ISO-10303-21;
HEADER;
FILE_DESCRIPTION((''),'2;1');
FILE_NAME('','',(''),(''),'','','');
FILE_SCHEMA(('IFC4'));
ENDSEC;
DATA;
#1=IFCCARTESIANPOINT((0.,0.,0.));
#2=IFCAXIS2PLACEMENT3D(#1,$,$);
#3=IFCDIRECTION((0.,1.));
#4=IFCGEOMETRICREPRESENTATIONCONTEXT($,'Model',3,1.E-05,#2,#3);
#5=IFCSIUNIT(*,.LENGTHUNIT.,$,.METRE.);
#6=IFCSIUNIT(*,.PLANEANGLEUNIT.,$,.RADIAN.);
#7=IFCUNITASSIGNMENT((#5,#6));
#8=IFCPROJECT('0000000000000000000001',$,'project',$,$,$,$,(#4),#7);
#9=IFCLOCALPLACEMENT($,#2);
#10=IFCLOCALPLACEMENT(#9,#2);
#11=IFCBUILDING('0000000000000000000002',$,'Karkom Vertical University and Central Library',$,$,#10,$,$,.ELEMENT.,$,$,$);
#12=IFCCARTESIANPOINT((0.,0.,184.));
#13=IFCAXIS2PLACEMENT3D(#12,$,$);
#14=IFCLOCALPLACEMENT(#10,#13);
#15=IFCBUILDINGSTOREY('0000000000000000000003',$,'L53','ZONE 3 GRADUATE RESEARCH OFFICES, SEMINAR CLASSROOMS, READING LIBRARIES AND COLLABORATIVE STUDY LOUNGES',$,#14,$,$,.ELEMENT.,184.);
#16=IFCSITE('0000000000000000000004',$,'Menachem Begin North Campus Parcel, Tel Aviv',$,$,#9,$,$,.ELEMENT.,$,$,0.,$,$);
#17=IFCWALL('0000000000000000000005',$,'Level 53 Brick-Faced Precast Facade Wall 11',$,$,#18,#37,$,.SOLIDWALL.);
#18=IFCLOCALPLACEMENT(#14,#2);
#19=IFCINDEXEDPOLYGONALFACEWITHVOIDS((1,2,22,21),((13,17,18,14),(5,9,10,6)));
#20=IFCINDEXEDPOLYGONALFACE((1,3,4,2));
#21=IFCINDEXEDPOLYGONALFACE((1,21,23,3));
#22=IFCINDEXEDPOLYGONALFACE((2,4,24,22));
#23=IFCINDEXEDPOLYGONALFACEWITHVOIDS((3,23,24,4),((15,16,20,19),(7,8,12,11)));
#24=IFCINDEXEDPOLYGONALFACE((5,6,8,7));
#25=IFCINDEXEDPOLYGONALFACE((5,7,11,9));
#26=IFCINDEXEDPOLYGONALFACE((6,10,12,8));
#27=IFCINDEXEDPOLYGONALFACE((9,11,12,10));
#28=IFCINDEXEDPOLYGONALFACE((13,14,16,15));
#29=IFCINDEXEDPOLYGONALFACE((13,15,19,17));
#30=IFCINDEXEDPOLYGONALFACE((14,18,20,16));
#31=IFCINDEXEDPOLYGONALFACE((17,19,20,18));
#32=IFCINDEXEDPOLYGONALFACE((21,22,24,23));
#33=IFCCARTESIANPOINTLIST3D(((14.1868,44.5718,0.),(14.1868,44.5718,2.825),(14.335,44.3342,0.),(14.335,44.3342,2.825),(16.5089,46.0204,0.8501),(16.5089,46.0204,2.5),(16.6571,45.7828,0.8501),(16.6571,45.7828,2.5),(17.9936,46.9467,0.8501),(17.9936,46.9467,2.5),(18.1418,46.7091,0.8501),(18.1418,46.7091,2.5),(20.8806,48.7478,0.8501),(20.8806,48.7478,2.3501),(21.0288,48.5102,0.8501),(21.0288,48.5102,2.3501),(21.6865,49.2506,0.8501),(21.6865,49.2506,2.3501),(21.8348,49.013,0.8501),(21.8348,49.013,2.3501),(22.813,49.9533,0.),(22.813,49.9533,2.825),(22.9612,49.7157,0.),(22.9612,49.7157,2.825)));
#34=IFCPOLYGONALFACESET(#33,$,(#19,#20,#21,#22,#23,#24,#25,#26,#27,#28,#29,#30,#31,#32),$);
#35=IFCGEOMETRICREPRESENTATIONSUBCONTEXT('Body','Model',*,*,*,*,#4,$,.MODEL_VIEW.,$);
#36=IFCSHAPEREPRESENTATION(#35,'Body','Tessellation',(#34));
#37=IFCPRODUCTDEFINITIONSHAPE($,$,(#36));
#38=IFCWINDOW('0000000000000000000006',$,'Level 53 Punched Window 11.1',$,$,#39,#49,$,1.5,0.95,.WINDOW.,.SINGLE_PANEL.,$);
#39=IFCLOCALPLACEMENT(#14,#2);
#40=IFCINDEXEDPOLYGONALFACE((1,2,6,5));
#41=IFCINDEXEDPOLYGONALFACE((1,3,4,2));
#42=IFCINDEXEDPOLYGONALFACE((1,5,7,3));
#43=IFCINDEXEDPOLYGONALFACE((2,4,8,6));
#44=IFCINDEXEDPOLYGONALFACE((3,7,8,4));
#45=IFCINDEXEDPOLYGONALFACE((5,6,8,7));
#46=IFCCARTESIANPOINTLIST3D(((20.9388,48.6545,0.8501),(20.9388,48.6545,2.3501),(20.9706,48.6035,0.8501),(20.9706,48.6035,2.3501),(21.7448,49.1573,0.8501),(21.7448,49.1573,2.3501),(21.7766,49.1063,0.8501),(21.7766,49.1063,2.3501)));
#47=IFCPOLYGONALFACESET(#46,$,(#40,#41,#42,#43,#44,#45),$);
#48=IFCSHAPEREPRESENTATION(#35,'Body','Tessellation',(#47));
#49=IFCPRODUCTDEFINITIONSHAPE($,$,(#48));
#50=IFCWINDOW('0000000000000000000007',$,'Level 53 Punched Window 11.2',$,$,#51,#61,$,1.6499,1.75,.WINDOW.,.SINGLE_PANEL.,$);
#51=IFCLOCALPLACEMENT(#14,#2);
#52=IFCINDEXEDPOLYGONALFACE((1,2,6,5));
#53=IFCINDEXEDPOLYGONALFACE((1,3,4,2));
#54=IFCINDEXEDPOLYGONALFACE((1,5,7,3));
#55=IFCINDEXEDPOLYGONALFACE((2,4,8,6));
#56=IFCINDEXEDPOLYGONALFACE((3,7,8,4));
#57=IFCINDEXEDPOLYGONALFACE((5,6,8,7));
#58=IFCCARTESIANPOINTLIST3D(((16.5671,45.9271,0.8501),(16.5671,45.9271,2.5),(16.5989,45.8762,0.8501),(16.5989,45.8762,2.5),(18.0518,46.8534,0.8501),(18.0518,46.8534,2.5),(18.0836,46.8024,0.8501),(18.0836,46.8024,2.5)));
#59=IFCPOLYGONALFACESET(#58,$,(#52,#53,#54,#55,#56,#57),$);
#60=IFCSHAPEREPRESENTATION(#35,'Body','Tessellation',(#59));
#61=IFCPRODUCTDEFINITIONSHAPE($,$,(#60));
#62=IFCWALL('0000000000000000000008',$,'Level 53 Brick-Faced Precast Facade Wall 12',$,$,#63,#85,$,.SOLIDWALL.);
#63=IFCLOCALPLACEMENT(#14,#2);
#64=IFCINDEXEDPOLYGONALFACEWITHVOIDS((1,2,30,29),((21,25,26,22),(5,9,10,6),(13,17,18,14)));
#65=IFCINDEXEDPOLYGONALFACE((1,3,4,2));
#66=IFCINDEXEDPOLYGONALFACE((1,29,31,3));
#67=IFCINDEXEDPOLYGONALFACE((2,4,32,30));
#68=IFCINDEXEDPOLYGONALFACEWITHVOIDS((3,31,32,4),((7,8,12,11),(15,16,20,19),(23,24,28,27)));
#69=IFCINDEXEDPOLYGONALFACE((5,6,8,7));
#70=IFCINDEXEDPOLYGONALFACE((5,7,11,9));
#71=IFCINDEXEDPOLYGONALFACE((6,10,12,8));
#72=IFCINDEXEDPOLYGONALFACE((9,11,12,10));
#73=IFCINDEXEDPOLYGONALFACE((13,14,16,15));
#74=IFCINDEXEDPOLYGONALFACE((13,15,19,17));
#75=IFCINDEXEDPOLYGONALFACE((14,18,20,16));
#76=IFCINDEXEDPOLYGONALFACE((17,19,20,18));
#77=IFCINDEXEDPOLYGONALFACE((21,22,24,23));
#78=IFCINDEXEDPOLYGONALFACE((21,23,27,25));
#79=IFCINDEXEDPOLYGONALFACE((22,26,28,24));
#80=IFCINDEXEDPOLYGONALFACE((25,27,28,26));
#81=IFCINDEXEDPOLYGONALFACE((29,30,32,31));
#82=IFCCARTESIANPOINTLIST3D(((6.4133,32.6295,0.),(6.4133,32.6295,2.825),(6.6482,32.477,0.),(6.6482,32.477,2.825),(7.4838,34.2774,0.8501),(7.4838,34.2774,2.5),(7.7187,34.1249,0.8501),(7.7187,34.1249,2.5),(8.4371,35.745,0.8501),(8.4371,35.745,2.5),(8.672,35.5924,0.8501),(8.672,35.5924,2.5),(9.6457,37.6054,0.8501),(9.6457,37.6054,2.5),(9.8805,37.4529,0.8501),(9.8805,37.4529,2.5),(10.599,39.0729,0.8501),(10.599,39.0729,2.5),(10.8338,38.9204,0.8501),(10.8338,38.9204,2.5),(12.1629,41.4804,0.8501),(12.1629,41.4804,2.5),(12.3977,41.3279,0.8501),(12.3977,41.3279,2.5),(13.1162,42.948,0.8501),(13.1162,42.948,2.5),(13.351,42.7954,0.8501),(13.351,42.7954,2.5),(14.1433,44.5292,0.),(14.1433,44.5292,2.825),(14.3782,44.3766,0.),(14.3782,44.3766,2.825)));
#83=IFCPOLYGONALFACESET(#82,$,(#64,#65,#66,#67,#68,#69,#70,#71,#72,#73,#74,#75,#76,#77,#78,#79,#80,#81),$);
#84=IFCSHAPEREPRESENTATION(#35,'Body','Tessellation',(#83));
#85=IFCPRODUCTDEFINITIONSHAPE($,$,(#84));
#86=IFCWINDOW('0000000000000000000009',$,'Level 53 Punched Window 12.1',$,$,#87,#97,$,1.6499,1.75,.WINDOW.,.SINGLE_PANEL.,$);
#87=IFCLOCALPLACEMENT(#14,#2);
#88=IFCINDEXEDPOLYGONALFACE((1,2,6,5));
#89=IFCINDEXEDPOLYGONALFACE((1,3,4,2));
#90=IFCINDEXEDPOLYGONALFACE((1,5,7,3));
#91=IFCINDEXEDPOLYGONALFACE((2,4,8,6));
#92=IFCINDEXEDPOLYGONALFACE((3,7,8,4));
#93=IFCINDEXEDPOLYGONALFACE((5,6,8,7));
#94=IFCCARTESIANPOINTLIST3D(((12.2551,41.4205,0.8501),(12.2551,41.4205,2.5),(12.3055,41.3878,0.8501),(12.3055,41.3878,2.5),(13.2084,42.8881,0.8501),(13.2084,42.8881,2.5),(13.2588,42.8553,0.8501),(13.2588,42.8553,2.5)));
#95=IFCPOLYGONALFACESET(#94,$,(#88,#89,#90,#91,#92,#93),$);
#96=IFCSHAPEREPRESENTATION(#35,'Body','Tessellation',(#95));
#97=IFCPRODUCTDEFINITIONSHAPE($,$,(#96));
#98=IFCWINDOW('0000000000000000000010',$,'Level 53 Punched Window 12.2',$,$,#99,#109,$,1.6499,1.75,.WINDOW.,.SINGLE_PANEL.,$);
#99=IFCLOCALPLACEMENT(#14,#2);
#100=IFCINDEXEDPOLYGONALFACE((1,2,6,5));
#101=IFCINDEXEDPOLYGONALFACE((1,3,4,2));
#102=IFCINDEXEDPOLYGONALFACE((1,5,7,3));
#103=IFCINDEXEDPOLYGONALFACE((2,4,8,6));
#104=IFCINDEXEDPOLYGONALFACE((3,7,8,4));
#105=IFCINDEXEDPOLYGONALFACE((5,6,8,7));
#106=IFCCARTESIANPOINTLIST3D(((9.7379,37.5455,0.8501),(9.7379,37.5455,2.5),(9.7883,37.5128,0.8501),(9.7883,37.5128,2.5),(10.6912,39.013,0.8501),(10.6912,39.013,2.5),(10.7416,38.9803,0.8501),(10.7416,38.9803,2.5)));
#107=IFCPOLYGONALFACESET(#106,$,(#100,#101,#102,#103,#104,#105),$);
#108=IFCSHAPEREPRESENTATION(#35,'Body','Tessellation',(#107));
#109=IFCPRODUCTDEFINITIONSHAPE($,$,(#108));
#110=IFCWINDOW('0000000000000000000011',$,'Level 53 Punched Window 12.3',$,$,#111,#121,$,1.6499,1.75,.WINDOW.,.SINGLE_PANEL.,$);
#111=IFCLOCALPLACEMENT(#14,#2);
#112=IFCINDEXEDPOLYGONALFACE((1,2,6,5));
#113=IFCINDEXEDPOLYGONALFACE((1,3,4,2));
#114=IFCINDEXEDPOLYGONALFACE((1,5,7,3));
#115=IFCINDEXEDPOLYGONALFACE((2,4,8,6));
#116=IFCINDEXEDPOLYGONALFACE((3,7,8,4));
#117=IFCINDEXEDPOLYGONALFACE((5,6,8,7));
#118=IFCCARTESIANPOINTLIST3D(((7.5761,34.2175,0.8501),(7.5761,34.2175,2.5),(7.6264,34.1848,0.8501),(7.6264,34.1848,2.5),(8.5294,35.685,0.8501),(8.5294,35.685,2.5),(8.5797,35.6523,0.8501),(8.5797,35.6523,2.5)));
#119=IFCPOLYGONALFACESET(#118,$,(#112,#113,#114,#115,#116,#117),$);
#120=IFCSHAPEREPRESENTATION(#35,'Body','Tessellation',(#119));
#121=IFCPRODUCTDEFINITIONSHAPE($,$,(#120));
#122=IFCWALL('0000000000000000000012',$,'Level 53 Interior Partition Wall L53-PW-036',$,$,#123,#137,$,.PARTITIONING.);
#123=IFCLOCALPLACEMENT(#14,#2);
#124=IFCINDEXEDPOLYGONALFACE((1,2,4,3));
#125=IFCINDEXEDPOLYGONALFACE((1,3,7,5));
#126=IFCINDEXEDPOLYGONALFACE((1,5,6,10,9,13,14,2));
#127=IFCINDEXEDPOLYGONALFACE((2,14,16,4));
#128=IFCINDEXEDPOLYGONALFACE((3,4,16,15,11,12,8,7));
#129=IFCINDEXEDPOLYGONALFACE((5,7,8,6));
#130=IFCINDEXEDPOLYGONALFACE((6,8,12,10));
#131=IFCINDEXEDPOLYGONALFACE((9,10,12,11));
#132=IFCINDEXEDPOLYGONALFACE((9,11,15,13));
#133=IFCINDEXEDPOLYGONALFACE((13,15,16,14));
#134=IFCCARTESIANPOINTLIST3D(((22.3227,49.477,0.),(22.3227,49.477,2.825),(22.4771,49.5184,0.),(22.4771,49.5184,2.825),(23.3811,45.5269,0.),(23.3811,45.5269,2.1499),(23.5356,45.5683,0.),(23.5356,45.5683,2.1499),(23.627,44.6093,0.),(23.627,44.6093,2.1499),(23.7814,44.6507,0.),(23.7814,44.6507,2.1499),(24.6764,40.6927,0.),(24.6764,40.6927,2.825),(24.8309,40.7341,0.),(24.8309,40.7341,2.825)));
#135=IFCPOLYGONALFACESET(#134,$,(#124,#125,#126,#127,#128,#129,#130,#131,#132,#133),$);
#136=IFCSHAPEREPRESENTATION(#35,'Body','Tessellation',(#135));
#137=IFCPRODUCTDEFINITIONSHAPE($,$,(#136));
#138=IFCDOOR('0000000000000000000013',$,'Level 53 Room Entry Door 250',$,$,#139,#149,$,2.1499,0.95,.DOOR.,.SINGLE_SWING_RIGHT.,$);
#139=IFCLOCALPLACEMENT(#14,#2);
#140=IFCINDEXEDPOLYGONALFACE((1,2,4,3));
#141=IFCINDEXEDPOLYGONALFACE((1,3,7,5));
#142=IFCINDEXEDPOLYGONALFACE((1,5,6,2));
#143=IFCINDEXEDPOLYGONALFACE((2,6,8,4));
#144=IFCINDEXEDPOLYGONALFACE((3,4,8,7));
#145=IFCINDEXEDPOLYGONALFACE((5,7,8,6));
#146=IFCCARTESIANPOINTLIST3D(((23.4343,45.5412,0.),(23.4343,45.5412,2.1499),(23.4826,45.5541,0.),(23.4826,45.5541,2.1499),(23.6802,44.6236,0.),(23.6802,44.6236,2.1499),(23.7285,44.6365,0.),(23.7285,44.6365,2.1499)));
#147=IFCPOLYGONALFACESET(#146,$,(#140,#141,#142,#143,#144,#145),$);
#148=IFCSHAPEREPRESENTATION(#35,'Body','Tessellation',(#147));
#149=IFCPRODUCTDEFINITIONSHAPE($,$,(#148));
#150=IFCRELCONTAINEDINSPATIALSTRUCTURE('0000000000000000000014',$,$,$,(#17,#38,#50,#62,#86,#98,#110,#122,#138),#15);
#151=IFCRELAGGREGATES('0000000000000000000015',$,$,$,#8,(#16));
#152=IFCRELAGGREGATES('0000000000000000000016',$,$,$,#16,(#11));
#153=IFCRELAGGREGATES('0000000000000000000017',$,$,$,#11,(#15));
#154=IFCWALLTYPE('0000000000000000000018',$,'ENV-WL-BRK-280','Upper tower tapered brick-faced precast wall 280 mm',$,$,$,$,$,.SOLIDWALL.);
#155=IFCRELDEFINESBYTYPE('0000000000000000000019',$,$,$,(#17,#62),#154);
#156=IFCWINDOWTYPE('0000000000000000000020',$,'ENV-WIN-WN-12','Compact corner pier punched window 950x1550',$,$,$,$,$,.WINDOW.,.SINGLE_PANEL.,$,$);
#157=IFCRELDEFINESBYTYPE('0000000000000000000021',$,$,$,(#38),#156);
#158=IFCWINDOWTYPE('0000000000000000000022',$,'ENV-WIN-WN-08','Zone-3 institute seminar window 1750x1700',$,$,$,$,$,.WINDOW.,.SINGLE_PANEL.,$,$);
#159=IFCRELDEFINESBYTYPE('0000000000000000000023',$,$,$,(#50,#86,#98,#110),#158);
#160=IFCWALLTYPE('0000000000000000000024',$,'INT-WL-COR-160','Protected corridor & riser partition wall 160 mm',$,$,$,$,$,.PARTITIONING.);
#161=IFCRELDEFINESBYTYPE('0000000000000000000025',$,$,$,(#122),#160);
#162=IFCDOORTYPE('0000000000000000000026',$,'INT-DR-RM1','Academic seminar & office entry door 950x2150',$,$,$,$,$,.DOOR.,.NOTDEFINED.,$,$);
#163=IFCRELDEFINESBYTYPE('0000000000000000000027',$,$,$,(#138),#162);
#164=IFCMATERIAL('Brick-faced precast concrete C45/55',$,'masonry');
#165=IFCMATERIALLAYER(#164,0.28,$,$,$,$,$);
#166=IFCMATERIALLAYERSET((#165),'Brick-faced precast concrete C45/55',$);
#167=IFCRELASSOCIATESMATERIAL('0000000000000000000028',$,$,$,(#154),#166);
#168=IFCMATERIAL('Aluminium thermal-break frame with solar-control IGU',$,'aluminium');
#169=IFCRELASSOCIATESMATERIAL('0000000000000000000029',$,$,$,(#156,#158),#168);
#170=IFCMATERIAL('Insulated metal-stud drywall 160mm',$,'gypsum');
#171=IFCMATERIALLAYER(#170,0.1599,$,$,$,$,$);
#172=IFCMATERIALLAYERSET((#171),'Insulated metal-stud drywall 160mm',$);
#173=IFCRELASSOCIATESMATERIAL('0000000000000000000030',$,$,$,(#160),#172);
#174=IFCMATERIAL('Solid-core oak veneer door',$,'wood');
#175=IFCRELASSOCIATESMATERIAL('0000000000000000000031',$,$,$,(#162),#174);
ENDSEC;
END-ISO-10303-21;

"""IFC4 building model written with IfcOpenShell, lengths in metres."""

from ifc_helpers import new_model, si_unit, direction, frame, frame_2d, origin, origin_with_axes, place, context, subcontext, project, spatial, rectangle, extrude, source, transform, mapped, material, layer, layer_set, type_object, element, fill, save


model = new_model("IFC4")

# Units and contexts
model_context = context("Model", 3, precision=1e-05, world=origin(), true_north=direction((0.0, 1.0)))
body_context = subcontext(model_context, "Body", "Model", "MODEL_VIEW")
ifc_project = project(units=[si_unit("LENGTHUNIT", "METRE"), si_unit("PLANEANGLEUNIT", "RADIAN")], contexts=[model_context])

# Site, building, storey
site_placement = place(None, origin())
site = spatial("IfcSite", under=ifc_project, at=site_placement, Name="Menachem Begin North Campus Parcel, Tel Aviv", CompositionType="ELEMENT", RefElevation=0.0)
building_placement = place(site_placement, origin())
building = spatial("IfcBuilding", under=site, at=building_placement, Name="Karkom Vertical University and Central Library", CompositionType="ELEMENT")
storey_placement = place(building_placement, frame((0.0, 0.0, 184.0)))
storey = spatial("IfcBuildingStorey", under=building, at=storey_placement, Name="L53", Description="ZONE 3 GRADUATE RESEARCH OFFICES, SEMINAR CLASSROOMS, READING LIBRARIES AND COLLABORATIVE STUDY LOUNGES", CompositionType="ELEMENT", Elevation=184.0)

# Walls, openings, windows
ifc_material_1 = material(Name="Brick-faced precast concrete C45/55", Category="masonry")
ifc_layer_1 = layer(ifc_material_1, 0.28)
ifc_layer_set_1 = layer_set([ifc_layer_1], Name="Brick-faced precast concrete C45/55")
wall_type_1 = type_object("IfcWallType", Name="ENV-WL-BRK-280", Description="Upper tower tapered brick-faced precast wall 280 mm", PredefinedType="SOLIDWALL", material=ifc_layer_set_1)
wall_1_placement = place(storey_placement, frame((22.887, 49.8345, 0.0), z_axis=(0.0, 0.0, 1.0), x_axis=(-0.848431, -0.529306, 0.0)))
wall_1 = element("IfcWall", 1, at=wall_1_placement, inside=storey, type_object=wall_type_1, Name="Level 53 Brick-Faced Precast Facade Wall 11", PredefinedType="SOLIDWALL", context=body_context, shape_type="SweptSolid", body=[
    extrude(rectangle(XDim=10.1672, YDim=0.28, at=frame_2d((5.0835, 0.0))), origin(), (0.0, 0.0, 1.0), 2.825),
])
opening_1_placement = place(wall_1_placement, frame((1.3274, 0.0, 0.8501)))
opening_1 = element("IfcOpeningElement", 2, at=opening_1_placement, cuts=wall_1, PredefinedType="OPENING", context=body_context, shape_type="SweptSolid", body=[
    extrude(rectangle(XDim=0.95, YDim=1.5, at=frame_2d((0.4751, 0.75))), frame((0.0, 0.1499, 0.0), z_axis=(0.0, -1.0, 0.0), x_axis=(1.0, 0.0, 0.0)), (0.0, 0.0, 1.0), 0.3),
])
opening_2_placement = place(wall_1_placement, frame((5.6802, 0.0, 0.8501)))
opening_2 = element("IfcOpeningElement", 3, at=opening_2_placement, cuts=wall_1, PredefinedType="OPENING", context=body_context, shape_type="SweptSolid", body=[
    extrude(rectangle(XDim=1.75, YDim=1.6499, at=frame_2d((0.875, 0.825))), frame((0.0, 0.1499, 0.0), z_axis=(0.0, -1.0, 0.0), x_axis=(1.0, 0.0, 0.0)), (0.0, 0.0, 1.0), 0.3),
])
ifc_material_2 = material(Name="Aluminium thermal-break frame with solar-control IGU", Category="aluminium")
window_type_1 = type_object("IfcWindowType", Name="ENV-WIN-WN-12", Description="Compact corner pier punched window 950x1550", PartitioningType="SINGLE_PANEL", PredefinedType="WINDOW", material=ifc_material_2)
shared_shape_1 = source(origin_with_axes(), body_context, "Body", "SweptSolid", [
    extrude(rectangle(XDim=0.95, YDim=1.5, at=frame_2d((0.4751, 0.75))), frame((0.0, 0.03, 0.0), z_axis=(0.0, -1.0, 0.0), x_axis=(1.0, 0.0, 0.0)), (0.0, 0.0, 1.0), 0.0601),
])
window_1_placement = place(opening_1_placement, origin())
window_1 = element("IfcWindow", 4, at=window_1_placement, inside=storey, type_object=window_type_1, Name="Level 53 Punched Window 11.1", OverallHeight=1.5, OverallWidth=0.95, PartitioningType="SINGLE_PANEL", PredefinedType="WINDOW", context=body_context, shape_type="MappedRepresentation", body=[
    mapped(shared_shape_1, transform((0.0, 0.0, 0.0), scale=1.0)),
])
fill(opening_1, window_1)
window_type_2 = type_object("IfcWindowType", Name="ENV-WIN-WN-08", Description="Zone-3 institute seminar window 1750x1700", PartitioningType="SINGLE_PANEL", PredefinedType="WINDOW", material=ifc_material_2)
shared_shape_2 = source(origin_with_axes(), body_context, "Body", "SweptSolid", [
    extrude(rectangle(XDim=1.75, YDim=1.6499, at=frame_2d((0.875, 0.825))), frame((0.0, 0.03, 0.0), z_axis=(0.0, -1.0, 0.0), x_axis=(1.0, 0.0, 0.0)), (0.0, 0.0, 1.0), 0.0601),
])
window_2_placement = place(opening_2_placement, origin())
window_2 = element("IfcWindow", 5, at=window_2_placement, inside=storey, type_object=window_type_2, Name="Level 53 Punched Window 11.2", OverallHeight=1.6499, OverallWidth=1.75, PartitioningType="SINGLE_PANEL", PredefinedType="WINDOW", context=body_context, shape_type="MappedRepresentation", body=[
    mapped(shared_shape_2, transform((0.0, 0.0, 0.0), scale=1.0)),
])
fill(opening_2, window_2)
wall_2_placement = place(storey_placement, frame((14.2607, 44.4529, 0.0), z_axis=(0.0, 0.0, 1.0), x_axis=(-0.544751, -0.838598, 0.0)))
wall_2 = element("IfcWall", 6, at=wall_2_placement, inside=storey, type_object=wall_type_1, Name="Level 53 Brick-Faced Precast Facade Wall 12", PredefinedType="SOLIDWALL", context=body_context, shape_type="SweptSolid", body=[
    extrude(rectangle(XDim=14.1899, YDim=0.28, at=frame_2d((7.095, 0.0))), origin(), (0.0, 0.0, 1.0), 2.825),
])
opening_3_placement = place(wall_2_placement, frame((1.8855, 0.0, 0.8501)))
opening_3 = element("IfcOpeningElement", 7, at=opening_3_placement, cuts=wall_2, PredefinedType="OPENING", context=body_context, shape_type="SweptSolid", body=[
    extrude(rectangle(XDim=1.75, YDim=1.6499, at=frame_2d((0.875, 0.825))), frame((0.0, 0.1499, 0.0), z_axis=(0.0, -1.0, 0.0), x_axis=(1.0, 0.0, 0.0)), (0.0, 0.0, 1.0), 0.3),
])
opening_4_placement = place(wall_2_placement, frame((6.5063, 0.0, 0.8501)))
opening_4 = element("IfcOpeningElement", 8, at=opening_4_placement, cuts=wall_2, PredefinedType="OPENING", context=body_context, shape_type="SweptSolid", body=[
    extrude(rectangle(XDim=1.75, YDim=1.6499, at=frame_2d((0.875, 0.825))), frame((0.0, 0.1499, 0.0), z_axis=(0.0, -1.0, 0.0), x_axis=(1.0, 0.0, 0.0)), (0.0, 0.0, 1.0), 0.3),
])
opening_5_placement = place(wall_2_placement, frame((10.4749, 0.0, 0.8501)))
opening_5 = element("IfcOpeningElement", 9, at=opening_5_placement, cuts=wall_2, PredefinedType="OPENING", context=body_context, shape_type="SweptSolid", body=[
    extrude(rectangle(XDim=1.75, YDim=1.6499, at=frame_2d((0.875, 0.825))), frame((0.0, 0.1499, 0.0), z_axis=(0.0, -1.0, 0.0), x_axis=(1.0, 0.0, 0.0)), (0.0, 0.0, 1.0), 0.3),
])
window_3_placement = place(opening_3_placement, origin())
window_3 = element("IfcWindow", 10, at=window_3_placement, inside=storey, type_object=window_type_2, Name="Level 53 Punched Window 12.1", OverallHeight=1.6499, OverallWidth=1.75, PartitioningType="SINGLE_PANEL", PredefinedType="WINDOW", context=body_context, shape_type="MappedRepresentation", body=[
    mapped(shared_shape_2, transform((0.0, 0.0, 0.0), scale=1.0)),
])
fill(opening_3, window_3)
window_4_placement = place(opening_4_placement, origin())
window_4 = element("IfcWindow", 11, at=window_4_placement, inside=storey, type_object=window_type_2, Name="Level 53 Punched Window 12.2", OverallHeight=1.6499, OverallWidth=1.75, PartitioningType="SINGLE_PANEL", PredefinedType="WINDOW", context=body_context, shape_type="MappedRepresentation", body=[
    mapped(shared_shape_2, transform((0.0, 0.0, 0.0), scale=1.0)),
])
fill(opening_4, window_4)
window_5_placement = place(opening_5_placement, origin())
window_5 = element("IfcWindow", 12, at=window_5_placement, inside=storey, type_object=window_type_2, Name="Level 53 Punched Window 12.3", OverallHeight=1.6499, OverallWidth=1.75, PartitioningType="SINGLE_PANEL", PredefinedType="WINDOW", context=body_context, shape_type="MappedRepresentation", body=[
    mapped(shared_shape_2, transform((0.0, 0.0, 0.0), scale=1.0)),
])
fill(opening_5, window_5)

# Shared definitions
ifc_material_3 = material(Name="Insulated metal-stud drywall 160mm", Category="gypsum")
ifc_layer_2 = layer(ifc_material_3, 0.1599)
ifc_layer_set_2 = layer_set([ifc_layer_2], Name="Insulated metal-stud drywall 160mm")
wall_type_2 = type_object("IfcWallType", Name="INT-WL-COR-160", Description="Protected corridor & riser partition wall 160 mm", PredefinedType="PARTITIONING", material=ifc_layer_set_2)
ifc_material_4 = material(Name="Solid-core oak veneer door", Category="wood")
door_type = type_object("IfcDoorType", Name="INT-DR-RM1", Description="Academic seminar & office entry door 950x2150", OperationType="NOTDEFINED", PredefinedType="DOOR", material=ifc_material_4)
shared_shape_3 = source(origin_with_axes(), body_context, "Body", "SweptSolid", [
    extrude(rectangle(XDim=0.95, YDim=2.1499, at=frame_2d((0.4751, 1.075))), frame((0.0, 0.0249, 0.0), z_axis=(0.0, -1.0, 0.0), x_axis=(1.0, 0.0, 0.0)), (0.0, 0.0, 1.0), 0.05),
])

# Wall, opening, door
wall_3_placement = place(storey_placement, frame((24.7537, 40.7134, 0.0), z_axis=(0.0, 0.0, 1.0), x_axis=(-0.258817, 0.965926, 0.0)))
wall_3 = element("IfcWall", 13, at=wall_3_placement, inside=storey, type_object=wall_type_2, Name="Level 53 Interior Partition Wall L53-PW-036", PredefinedType="PARTITIONING", context=body_context, shape_type="SweptSolid", body=[
    extrude(rectangle(XDim=9.0942, YDim=0.1599, at=frame_2d((4.5471, 0.0))), origin(), (0.0, 0.0, 1.0), 2.825),
])
opening_6_placement = place(wall_3_placement, frame((4.0547, 0.0, 0.0)))
opening_6 = element("IfcOpeningElement", 14, at=opening_6_placement, cuts=wall_3, PredefinedType="OPENING", context=body_context, shape_type="SweptSolid", body=[
    extrude(rectangle(XDim=0.95, YDim=2.1499, at=frame_2d((0.4751, 1.075))), frame((0.0, 0.0898, 0.0), z_axis=(0.0, -1.0, 0.0), x_axis=(1.0, 0.0, 0.0)), (0.0, 0.0, 1.0), 0.1799),
])
door_1_placement = place(opening_6_placement, origin())
door_1 = element("IfcDoor", 15, at=door_1_placement, inside=storey, type_object=door_type, Name="Level 53 Room Entry Door 250", OperationType="SINGLE_SWING_RIGHT", OverallHeight=2.1499, OverallWidth=0.95, PredefinedType="DOOR", context=body_context, shape_type="MappedRepresentation", body=[
    mapped(shared_shape_3, transform((0.0, 0.0, 0.0), scale=1.0)),
])
fill(opening_6, door_1)

save(model, "model.ifc")
